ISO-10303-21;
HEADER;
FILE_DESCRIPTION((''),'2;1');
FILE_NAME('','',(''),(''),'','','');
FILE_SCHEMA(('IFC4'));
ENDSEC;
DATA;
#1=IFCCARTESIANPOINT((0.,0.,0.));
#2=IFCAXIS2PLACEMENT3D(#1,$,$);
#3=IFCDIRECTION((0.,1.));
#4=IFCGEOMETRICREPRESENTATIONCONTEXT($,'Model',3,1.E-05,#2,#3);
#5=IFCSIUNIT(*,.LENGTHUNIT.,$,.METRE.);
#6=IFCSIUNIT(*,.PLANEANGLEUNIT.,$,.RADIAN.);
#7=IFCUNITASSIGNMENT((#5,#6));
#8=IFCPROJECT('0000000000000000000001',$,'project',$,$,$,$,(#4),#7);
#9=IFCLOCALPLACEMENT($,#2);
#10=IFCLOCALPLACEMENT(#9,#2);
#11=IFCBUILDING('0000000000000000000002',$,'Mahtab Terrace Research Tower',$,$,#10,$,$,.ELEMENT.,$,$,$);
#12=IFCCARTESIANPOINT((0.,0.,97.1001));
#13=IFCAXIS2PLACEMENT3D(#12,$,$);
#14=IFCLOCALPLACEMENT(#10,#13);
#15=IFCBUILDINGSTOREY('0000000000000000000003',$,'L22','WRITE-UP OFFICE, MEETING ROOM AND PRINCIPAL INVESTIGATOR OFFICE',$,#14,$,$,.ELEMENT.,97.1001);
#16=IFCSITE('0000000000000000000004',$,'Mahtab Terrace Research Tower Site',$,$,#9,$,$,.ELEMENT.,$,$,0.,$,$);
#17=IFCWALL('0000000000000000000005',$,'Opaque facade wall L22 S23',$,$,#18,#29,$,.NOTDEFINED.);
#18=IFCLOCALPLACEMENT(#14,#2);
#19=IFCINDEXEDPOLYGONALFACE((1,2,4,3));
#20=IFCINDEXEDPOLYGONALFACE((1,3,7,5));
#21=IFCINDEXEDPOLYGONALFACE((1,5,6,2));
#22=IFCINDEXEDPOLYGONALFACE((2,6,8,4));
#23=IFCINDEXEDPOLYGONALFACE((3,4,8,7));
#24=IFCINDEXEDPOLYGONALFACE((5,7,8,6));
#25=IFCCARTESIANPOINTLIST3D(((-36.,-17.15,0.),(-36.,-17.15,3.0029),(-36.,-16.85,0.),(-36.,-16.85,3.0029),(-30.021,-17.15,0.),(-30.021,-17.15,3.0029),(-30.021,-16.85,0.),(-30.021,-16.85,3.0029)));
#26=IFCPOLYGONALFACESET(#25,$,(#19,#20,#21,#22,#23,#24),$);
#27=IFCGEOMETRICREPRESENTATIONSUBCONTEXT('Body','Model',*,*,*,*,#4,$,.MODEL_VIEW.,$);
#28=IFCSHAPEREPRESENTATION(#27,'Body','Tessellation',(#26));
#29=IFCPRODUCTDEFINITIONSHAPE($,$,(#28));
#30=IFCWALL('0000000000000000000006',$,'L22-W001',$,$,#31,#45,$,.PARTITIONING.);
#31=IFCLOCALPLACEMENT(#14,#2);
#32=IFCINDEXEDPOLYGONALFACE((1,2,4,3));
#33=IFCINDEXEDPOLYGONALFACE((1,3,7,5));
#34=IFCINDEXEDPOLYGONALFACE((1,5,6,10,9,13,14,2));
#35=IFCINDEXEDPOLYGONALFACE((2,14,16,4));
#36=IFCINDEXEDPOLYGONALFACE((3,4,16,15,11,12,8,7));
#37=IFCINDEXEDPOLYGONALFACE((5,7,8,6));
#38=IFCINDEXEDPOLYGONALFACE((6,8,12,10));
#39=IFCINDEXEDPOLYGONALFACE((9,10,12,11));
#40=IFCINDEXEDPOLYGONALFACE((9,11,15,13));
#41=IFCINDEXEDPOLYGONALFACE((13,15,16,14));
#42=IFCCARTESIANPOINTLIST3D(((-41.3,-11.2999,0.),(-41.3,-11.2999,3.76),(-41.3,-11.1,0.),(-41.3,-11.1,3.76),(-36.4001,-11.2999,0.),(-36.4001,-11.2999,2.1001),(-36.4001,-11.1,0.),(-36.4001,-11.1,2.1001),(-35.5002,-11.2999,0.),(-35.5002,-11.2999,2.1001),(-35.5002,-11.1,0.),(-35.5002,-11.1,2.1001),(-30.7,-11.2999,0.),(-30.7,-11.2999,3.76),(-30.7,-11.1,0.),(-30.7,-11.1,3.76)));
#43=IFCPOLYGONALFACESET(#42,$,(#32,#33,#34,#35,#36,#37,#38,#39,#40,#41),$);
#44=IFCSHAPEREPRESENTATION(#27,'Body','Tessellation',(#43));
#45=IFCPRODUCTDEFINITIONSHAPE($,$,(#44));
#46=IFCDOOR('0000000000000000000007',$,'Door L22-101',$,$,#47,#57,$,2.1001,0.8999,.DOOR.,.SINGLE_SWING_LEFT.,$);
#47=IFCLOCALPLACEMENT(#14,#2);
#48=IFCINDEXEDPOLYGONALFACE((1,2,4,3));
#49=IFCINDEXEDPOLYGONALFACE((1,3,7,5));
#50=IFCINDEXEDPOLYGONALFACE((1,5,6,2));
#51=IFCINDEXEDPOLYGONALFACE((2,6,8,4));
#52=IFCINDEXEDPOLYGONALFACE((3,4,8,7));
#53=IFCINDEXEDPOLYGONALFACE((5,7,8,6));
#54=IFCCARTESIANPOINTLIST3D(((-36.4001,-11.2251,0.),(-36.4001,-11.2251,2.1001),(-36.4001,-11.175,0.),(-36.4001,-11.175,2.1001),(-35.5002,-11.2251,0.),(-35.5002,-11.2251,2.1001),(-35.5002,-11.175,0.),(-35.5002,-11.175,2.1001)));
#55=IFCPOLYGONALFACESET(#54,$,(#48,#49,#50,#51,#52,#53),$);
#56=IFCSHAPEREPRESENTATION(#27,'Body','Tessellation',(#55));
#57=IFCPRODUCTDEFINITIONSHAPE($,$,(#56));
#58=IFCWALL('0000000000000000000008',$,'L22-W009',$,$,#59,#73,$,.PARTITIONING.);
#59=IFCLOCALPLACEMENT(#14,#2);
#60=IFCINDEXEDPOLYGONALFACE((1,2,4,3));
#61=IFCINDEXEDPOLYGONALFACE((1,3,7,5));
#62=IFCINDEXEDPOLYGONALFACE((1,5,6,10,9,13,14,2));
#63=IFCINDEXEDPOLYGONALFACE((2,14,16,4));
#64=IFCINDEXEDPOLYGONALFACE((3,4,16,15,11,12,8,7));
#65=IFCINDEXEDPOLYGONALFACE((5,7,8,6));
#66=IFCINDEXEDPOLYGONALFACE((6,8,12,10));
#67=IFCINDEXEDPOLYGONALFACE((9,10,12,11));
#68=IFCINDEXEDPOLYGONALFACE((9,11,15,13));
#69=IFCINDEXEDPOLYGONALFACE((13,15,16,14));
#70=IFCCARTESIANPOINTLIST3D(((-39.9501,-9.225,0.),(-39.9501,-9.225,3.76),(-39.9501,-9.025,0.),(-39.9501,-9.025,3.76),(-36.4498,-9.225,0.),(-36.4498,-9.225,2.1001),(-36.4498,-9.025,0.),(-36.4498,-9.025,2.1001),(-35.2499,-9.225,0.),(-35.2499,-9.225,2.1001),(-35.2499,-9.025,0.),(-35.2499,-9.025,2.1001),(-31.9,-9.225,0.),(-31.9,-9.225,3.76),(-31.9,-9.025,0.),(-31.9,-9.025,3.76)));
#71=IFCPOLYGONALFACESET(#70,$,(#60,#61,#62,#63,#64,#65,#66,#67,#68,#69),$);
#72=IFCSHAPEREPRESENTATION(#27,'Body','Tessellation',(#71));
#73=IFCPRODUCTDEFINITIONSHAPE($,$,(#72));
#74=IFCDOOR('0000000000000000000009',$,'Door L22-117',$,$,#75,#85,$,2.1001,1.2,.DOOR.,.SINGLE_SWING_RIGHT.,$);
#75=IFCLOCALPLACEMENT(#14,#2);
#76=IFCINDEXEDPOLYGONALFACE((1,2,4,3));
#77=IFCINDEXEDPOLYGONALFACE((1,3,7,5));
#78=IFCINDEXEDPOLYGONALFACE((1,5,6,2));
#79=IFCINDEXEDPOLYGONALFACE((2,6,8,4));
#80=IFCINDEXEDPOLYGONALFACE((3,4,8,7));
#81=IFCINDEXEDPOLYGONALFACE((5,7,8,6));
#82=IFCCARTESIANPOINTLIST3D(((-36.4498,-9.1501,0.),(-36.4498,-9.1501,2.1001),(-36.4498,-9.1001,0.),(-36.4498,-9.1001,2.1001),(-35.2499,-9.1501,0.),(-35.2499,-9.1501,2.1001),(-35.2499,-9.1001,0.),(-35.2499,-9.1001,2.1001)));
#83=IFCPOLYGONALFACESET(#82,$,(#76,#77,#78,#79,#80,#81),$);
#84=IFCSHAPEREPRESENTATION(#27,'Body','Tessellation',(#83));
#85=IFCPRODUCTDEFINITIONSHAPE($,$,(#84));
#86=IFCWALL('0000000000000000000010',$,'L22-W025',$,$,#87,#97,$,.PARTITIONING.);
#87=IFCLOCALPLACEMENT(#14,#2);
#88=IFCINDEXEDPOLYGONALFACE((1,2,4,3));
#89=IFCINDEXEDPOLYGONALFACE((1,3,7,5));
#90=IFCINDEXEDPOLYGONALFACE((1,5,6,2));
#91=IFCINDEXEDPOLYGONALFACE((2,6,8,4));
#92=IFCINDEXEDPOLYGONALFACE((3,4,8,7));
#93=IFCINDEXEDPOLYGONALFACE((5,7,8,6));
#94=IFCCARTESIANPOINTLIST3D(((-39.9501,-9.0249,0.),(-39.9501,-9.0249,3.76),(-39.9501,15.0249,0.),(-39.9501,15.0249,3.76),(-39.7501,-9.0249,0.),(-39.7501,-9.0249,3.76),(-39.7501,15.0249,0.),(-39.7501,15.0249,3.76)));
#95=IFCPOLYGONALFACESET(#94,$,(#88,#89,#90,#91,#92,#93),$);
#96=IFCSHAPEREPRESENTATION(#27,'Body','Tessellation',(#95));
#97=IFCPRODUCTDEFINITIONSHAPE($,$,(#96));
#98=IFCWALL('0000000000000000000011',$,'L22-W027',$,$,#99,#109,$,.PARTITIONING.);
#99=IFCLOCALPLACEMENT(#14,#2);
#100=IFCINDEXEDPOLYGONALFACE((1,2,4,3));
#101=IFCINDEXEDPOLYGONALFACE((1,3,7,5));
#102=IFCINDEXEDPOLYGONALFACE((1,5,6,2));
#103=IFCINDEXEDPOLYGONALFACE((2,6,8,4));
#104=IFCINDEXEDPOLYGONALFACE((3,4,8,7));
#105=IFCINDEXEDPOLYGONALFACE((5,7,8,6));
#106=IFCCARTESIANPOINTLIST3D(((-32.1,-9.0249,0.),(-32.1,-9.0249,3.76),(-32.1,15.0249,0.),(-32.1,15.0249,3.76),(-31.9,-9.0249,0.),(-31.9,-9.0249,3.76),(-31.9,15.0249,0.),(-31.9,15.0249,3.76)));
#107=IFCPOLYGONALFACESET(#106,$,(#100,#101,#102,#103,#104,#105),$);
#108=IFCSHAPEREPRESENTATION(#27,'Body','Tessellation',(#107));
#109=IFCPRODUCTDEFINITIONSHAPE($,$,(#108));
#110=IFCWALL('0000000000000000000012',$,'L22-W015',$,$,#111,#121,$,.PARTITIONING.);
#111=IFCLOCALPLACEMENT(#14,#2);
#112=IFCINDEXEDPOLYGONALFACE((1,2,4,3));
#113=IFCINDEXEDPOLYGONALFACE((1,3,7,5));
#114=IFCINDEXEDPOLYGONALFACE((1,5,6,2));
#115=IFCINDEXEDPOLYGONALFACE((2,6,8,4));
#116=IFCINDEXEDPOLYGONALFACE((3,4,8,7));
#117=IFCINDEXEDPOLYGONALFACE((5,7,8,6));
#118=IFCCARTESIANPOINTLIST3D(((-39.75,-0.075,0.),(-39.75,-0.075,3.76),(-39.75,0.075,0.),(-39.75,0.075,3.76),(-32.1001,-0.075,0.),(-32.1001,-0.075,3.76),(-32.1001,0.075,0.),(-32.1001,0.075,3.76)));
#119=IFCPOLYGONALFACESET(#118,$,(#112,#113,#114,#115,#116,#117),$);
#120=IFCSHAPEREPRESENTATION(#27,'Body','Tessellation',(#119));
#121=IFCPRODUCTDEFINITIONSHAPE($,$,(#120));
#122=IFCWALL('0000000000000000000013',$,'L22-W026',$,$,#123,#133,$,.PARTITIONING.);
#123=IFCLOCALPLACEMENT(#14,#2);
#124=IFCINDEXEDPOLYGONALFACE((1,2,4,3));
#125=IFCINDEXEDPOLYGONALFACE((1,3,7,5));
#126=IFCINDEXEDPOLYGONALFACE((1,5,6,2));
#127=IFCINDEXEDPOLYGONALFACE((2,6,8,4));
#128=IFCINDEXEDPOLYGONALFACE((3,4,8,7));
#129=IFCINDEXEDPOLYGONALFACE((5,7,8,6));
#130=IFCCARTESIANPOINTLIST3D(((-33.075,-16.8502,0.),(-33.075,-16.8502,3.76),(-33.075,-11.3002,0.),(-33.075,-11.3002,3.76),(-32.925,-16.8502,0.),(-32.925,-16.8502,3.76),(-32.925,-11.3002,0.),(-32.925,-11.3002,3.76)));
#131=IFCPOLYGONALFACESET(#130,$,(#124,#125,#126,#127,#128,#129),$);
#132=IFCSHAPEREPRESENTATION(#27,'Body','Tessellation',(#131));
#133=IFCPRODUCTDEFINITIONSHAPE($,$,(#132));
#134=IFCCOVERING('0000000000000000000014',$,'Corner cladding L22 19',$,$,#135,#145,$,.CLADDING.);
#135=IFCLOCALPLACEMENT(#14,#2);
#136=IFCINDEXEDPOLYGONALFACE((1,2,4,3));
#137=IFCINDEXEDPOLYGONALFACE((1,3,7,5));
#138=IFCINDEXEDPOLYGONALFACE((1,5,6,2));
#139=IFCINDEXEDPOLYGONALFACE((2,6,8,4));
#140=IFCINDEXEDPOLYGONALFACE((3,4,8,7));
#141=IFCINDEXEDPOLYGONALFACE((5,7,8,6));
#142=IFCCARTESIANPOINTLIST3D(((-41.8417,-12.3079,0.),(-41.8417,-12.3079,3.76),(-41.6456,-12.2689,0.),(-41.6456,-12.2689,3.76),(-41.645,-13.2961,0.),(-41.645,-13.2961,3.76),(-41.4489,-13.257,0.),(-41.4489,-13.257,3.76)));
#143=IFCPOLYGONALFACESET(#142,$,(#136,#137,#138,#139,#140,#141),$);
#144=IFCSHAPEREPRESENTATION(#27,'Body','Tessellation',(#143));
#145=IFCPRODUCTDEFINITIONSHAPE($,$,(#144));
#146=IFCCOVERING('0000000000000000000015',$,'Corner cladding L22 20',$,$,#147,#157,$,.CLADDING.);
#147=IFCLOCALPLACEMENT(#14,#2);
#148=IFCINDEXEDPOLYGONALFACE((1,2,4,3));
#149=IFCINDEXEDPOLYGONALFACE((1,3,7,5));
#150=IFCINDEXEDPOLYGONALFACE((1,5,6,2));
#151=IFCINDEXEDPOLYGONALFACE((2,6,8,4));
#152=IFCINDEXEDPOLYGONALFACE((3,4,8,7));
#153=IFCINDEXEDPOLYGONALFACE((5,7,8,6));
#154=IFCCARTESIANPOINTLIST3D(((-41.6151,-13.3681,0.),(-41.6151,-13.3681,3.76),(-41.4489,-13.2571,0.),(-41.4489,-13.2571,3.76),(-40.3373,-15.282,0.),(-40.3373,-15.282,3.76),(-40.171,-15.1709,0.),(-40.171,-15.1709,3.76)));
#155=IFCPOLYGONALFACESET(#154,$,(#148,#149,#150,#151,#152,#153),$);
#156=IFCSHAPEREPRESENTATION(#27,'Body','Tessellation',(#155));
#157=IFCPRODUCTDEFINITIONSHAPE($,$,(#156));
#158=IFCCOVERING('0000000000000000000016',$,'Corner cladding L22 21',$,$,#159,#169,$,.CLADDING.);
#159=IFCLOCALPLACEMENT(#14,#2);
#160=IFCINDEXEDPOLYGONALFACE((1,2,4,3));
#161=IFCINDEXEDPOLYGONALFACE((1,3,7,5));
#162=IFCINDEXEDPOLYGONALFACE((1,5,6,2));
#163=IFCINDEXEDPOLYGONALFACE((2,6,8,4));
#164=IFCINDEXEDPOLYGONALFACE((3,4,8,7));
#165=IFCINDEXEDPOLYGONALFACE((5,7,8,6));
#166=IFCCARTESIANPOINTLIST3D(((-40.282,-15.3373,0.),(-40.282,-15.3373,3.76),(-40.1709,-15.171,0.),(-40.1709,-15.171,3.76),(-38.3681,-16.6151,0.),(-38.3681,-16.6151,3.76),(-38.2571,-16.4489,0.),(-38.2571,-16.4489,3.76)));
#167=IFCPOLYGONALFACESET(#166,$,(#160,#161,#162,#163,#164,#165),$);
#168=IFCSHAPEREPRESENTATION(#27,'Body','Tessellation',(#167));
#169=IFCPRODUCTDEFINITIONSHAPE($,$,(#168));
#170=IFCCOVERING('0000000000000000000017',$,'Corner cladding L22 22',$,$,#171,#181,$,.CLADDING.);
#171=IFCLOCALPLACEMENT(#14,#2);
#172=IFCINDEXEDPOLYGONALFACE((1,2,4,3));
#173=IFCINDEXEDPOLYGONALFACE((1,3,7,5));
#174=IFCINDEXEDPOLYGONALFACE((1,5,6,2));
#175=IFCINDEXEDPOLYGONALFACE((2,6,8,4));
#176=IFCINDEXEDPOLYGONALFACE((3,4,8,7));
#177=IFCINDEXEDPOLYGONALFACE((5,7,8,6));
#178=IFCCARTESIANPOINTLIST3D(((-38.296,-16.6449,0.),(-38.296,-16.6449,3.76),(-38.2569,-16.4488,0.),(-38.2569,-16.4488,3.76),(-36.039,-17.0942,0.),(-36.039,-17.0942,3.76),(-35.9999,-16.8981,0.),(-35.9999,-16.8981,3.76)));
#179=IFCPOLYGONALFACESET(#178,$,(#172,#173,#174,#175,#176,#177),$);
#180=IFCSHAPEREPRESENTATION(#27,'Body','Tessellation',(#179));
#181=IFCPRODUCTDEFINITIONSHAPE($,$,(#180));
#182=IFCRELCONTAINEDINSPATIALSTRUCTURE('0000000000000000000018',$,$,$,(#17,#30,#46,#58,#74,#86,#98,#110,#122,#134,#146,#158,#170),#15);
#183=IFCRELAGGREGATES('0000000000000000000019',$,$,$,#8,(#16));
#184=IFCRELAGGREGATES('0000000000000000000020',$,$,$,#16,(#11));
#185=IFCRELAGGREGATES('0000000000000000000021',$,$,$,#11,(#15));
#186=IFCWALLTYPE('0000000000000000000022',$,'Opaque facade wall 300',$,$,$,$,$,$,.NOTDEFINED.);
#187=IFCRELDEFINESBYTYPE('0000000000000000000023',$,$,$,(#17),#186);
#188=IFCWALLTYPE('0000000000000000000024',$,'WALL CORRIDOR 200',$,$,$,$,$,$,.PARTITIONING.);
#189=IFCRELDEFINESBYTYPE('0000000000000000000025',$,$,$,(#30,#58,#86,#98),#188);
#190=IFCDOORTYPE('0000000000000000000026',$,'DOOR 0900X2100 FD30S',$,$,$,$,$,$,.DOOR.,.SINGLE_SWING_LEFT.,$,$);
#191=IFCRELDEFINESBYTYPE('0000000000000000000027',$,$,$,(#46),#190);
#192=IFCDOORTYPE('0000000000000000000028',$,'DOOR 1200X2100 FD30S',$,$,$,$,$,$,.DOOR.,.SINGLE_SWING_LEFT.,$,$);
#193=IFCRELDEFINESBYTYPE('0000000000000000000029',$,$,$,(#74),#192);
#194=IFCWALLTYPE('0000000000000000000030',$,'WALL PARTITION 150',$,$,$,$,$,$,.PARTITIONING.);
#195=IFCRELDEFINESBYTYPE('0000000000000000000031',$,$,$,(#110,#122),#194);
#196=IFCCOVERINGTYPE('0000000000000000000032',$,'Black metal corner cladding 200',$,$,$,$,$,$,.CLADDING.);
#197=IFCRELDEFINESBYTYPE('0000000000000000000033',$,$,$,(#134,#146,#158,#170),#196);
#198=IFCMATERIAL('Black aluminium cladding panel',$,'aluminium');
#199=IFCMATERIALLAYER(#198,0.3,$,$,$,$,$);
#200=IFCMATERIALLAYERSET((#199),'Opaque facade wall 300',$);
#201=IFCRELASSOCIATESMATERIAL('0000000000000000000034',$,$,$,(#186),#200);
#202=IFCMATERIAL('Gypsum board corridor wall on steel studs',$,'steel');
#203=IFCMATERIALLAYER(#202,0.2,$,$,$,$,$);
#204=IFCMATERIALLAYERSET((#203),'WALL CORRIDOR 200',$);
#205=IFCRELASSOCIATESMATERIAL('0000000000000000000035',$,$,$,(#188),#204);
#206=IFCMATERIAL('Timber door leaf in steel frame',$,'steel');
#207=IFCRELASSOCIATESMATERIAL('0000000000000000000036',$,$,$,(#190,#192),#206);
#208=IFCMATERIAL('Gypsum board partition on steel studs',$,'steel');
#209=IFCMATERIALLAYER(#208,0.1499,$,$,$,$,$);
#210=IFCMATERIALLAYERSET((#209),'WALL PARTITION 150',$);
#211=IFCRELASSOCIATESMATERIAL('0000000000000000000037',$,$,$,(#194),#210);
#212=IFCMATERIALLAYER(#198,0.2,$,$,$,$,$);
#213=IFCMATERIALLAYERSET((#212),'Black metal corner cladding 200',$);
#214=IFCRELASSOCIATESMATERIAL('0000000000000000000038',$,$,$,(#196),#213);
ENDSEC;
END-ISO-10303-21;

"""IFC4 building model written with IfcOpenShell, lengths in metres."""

from ifc_helpers import new_model, si_unit, direction, frame, frame_2d, origin, origin_2d, place, context, subcontext, project, spatial, rectangle, extrude, material, layer, layer_set, type_object, element, fill, save


model = new_model("IFC4")

# Units and contexts
model_context = context("Model", 3, precision=1e-05, world=origin(), true_north=direction((0.0, 1.0)))
body_context = subcontext(model_context, "Body", "Model", "MODEL_VIEW")
ifc_project = project(units=[si_unit("LENGTHUNIT", "METRE"), si_unit("PLANEANGLEUNIT", "RADIAN")], contexts=[model_context])

# Site, building, storey
site_placement = place(None, origin())
site = spatial("IfcSite", under=ifc_project, at=site_placement, Name="Mahtab Terrace Research Tower Site", CompositionType="ELEMENT", RefElevation=0.0)
building_placement = place(site_placement, origin())
building = spatial("IfcBuilding", under=site, at=building_placement, Name="Mahtab Terrace Research Tower", CompositionType="ELEMENT")
storey_placement = place(building_placement, frame((0.0, 0.0, 97.1001)))
storey = spatial("IfcBuildingStorey", under=building, at=storey_placement, Name="L22", Description="WRITE-UP OFFICE, MEETING ROOM AND PRINCIPAL INVESTIGATOR OFFICE", CompositionType="ELEMENT", Elevation=97.1001)

# Wall
ifc_material_1 = material(Name="Black aluminium cladding panel", Category="aluminium")
ifc_layer_1 = layer(ifc_material_1, 0.3)
ifc_layer_set_1 = layer_set([ifc_layer_1], Name="Opaque facade wall 300")
wall_type_1 = type_object("IfcWallType", Name="Opaque facade wall 300", PredefinedType="NOTDEFINED", material=ifc_layer_set_1)
wall_1_placement = place(storey_placement, frame((-36.0, -17.0, 0.0), z_axis=(0.0, 0.0, 1.0), x_axis=(1.0, 0.0, 0.0)))
element("IfcWall", 1, at=wall_1_placement, inside=storey, type_object=wall_type_1, Name="Opaque facade wall L22 S23", PredefinedType="NOTDEFINED", context=body_context, shape_type="SweptSolid", body=[
    extrude(rectangle(XDim=5.979, YDim=0.3, at=frame_2d((2.9895, 0.0))), origin(), (0.0, 0.0, 1.0), 3.0029),
])

# Walls, openings, doors
ifc_material_2 = material(Name="Gypsum board corridor wall on steel studs", Category="steel")
ifc_layer_2 = layer(ifc_material_2, 0.2)
ifc_layer_set_2 = layer_set([ifc_layer_2], Name="WALL CORRIDOR 200")
wall_type_2 = type_object("IfcWallType", Name="WALL CORRIDOR 200", PredefinedType="PARTITIONING", material=ifc_layer_set_2)
wall_2_placement = place(storey_placement, frame((-41.3, -11.2, 0.0), z_axis=(0.0, 0.0, 1.0), x_axis=(1.0, 0.0, 0.0)))
wall_2 = element("IfcWall", 2, at=wall_2_placement, inside=storey, type_object=wall_type_2, Name="L22-W001", PredefinedType="PARTITIONING", context=body_context, shape_type="SweptSolid", body=[
    extrude(rectangle(XDim=10.6001, YDim=0.2, at=frame_2d((5.3, 0.0))), origin(), (0.0, 0.0, 1.0), 3.76),
])
opening_1_placement = place(wall_2_placement, frame((4.8999, 0.0, 0.0)))
opening_1 = element("IfcOpeningElement", 3, at=opening_1_placement, cuts=wall_2, PredefinedType="OPENING", context=body_context, shape_type="SweptSolid", body=[
    extrude(rectangle(XDim=0.8999, YDim=2.1001, at=frame_2d((0.45, 1.05))), frame((0.0, 0.1099, 0.0), z_axis=(0.0, -1.0, 0.0), x_axis=(1.0, 0.0, 0.0)), (0.0, 0.0, 1.0), 0.22),
])
ifc_material_3 = material(Name="Timber door leaf in steel frame", Category="steel")
door_type_1 = type_object("IfcDoorType", Name="DOOR 0900X2100 FD30S", OperationType="SINGLE_SWING_LEFT", PredefinedType="DOOR", material=ifc_material_3)
door_1_placement = place(opening_1_placement, origin())
door_1 = element("IfcDoor", 4, at=door_1_placement, inside=storey, type_object=door_type_1, Name="Door L22-101", OperationType="SINGLE_SWING_LEFT", OverallHeight=2.1001, OverallWidth=0.8999, PredefinedType="DOOR", context=body_context, shape_type="SweptSolid", body=[
    extrude(rectangle(XDim=0.8999, YDim=2.1001, at=frame_2d((0.45, 1.05))), frame((0.0, 0.0249, 0.0), z_axis=(0.0, -1.0, 0.0), x_axis=(1.0, 0.0, 0.0)), (0.0, 0.0, 1.0), 0.05),
])
fill(opening_1, door_1)
wall_3_placement = place(storey_placement, frame((-39.95, -9.125, 0.0), z_axis=(0.0, 0.0, 1.0), x_axis=(1.0, 0.0, 0.0)))
wall_3 = element("IfcWall", 5, at=wall_3_placement, inside=storey, type_object=wall_type_2, Name="L22-W009", PredefinedType="PARTITIONING", context=body_context, shape_type="SweptSolid", body=[
    extrude(rectangle(XDim=8.05, YDim=0.2, at=frame_2d((4.0249, 0.0))), origin(), (0.0, 0.0, 1.0), 3.76),
])
opening_2_placement = place(wall_3_placement, frame((3.5, 0.0, 0.0)))
opening_2 = element("IfcOpeningElement", 6, at=opening_2_placement, cuts=wall_3, PredefinedType="OPENING", context=body_context, shape_type="SweptSolid", body=[
    extrude(rectangle(XDim=1.2, YDim=2.1001, at=frame_2d((0.6001, 1.05))), frame((0.0, 0.1099, 0.0), z_axis=(0.0, -1.0, 0.0), x_axis=(1.0, 0.0, 0.0)), (0.0, 0.0, 1.0), 0.22),
])
door_type_2 = type_object("IfcDoorType", Name="DOOR 1200X2100 FD30S", OperationType="SINGLE_SWING_LEFT", PredefinedType="DOOR", material=ifc_material_3)
door_2_placement = place(opening_2_placement, origin())
door_2 = element("IfcDoor", 7, at=door_2_placement, inside=storey, type_object=door_type_2, Name="Door L22-117", OperationType="SINGLE_SWING_RIGHT", OverallHeight=2.1001, OverallWidth=1.2, PredefinedType="DOOR", context=body_context, shape_type="SweptSolid", body=[
    extrude(rectangle(XDim=1.2, YDim=2.1001, at=frame_2d((0.6001, 1.05))), frame((0.0, 0.0249, 0.0), z_axis=(0.0, -1.0, 0.0), x_axis=(1.0, 0.0, 0.0)), (0.0, 0.0, 1.0), 0.05),
])
fill(opening_2, door_2)

# Walls
for number, where, z_axis, x_axis, name in (
    (8, (-39.8501, -9.0249, 0.0), (0.0, 0.0, 1.0), (0.0, 1.0, 0.0), "L22-W025"),
    (9, (-32.0, -9.0249, 0.0), (0.0, 0.0, 1.0), (0.0, 1.0, 0.0), "L22-W027"),
):
    element("IfcWall", number, at=place(storey_placement, frame(where, z_axis=z_axis, x_axis=x_axis)), inside=storey, type_object=wall_type_2, Name=name, PredefinedType="PARTITIONING", context=body_context, shape_type="SweptSolid", body=[
        extrude(rectangle(XDim=24.0498, YDim=0.2, at=frame_2d((12.0249, 0.0))), origin(), (0.0, 0.0, 1.0), 3.76),
    ])
ifc_material_4 = material(Name="Gypsum board partition on steel studs", Category="steel")
ifc_layer_3 = layer(ifc_material_4, 0.1499)
ifc_layer_set_3 = layer_set([ifc_layer_3], Name="WALL PARTITION 150")
wall_type_3 = type_object("IfcWallType", Name="WALL PARTITION 150", PredefinedType="PARTITIONING", material=ifc_layer_set_3)
wall_4_placement = place(storey_placement, frame((-39.75, 0.0, 0.0), z_axis=(0.0, 0.0, 1.0), x_axis=(1.0, 0.0, 0.0)))
element("IfcWall", 10, at=wall_4_placement, inside=storey, type_object=wall_type_3, Name="L22-W015", PredefinedType="PARTITIONING", context=body_context, shape_type="SweptSolid", body=[
    extrude(rectangle(XDim=7.6499, YDim=0.1499, at=frame_2d((3.825, 0.0))), origin(), (0.0, 0.0, 1.0), 3.76),
])
wall_5_placement = place(storey_placement, frame((-33.0, -16.8501, 0.0), z_axis=(0.0, 0.0, 1.0), x_axis=(0.0, 1.0, 0.0)))
element("IfcWall", 11, at=wall_5_placement, inside=storey, type_object=wall_type_3, Name="L22-W026", PredefinedType="PARTITIONING", context=body_context, shape_type="SweptSolid", body=[
    extrude(rectangle(XDim=5.55, YDim=0.1499, at=frame_2d((2.7749, 0.0))), origin(), (0.0, 0.0, 1.0), 3.76),
])

# Coverings
ifc_layer_4 = layer(ifc_material_1, 0.2)
ifc_layer_set_4 = layer_set([ifc_layer_4], Name="Black metal corner cladding 200")
covering_type = type_object("IfcCoveringType", Name="Black metal corner cladding 200", PredefinedType="CLADDING", material=ifc_layer_set_4)
covering_placement = place(storey_placement, frame((-41.6453, -12.7825, 0.0), z_axis=(0.0, 0.0, 1.0), x_axis=(0.195212, -0.980761, 0.0)))
element("IfcCovering", 12, at=covering_placement, inside=storey, type_object=covering_type, Name="Corner cladding L22 19", PredefinedType="CLADDING", context=body_context, shape_type="SweptSolid", body=[
    extrude(rectangle(XDim=1.0076, YDim=0.2, at=origin_2d()), origin(), (0.0, 0.0, 1.0), 3.76),
])
for number, where, z_axis, x_axis, name in (
    (13, (-40.8931, -14.2695, 0.0), (0.0, 0.0, 1.0), (0.555291, -0.831656, 0.0), "Corner cladding L22 20"),
    (14, (-39.2695, -15.8931, 0.0), (0.0, 0.0, 1.0), (0.831656, -0.555291, 0.0), "Corner cladding L22 21"),
    (15, (-37.1479, -16.7715, 0.0), (0.0, 0.0, 1.0), (0.980761, -0.195212, 0.0), "Corner cladding L22 22"),
):
    element("IfcCovering", number, at=place(storey_placement, frame(where, z_axis=z_axis, x_axis=x_axis)), inside=storey, type_object=covering_type, Name=name, PredefinedType="CLADDING", context=body_context, shape_type="SweptSolid", body=[
        extrude(rectangle(XDim=2.3013, YDim=0.2, at=origin_2d()), origin(), (0.0, 0.0, 1.0), 3.76),
    ])

save(model, "model.ifc")
